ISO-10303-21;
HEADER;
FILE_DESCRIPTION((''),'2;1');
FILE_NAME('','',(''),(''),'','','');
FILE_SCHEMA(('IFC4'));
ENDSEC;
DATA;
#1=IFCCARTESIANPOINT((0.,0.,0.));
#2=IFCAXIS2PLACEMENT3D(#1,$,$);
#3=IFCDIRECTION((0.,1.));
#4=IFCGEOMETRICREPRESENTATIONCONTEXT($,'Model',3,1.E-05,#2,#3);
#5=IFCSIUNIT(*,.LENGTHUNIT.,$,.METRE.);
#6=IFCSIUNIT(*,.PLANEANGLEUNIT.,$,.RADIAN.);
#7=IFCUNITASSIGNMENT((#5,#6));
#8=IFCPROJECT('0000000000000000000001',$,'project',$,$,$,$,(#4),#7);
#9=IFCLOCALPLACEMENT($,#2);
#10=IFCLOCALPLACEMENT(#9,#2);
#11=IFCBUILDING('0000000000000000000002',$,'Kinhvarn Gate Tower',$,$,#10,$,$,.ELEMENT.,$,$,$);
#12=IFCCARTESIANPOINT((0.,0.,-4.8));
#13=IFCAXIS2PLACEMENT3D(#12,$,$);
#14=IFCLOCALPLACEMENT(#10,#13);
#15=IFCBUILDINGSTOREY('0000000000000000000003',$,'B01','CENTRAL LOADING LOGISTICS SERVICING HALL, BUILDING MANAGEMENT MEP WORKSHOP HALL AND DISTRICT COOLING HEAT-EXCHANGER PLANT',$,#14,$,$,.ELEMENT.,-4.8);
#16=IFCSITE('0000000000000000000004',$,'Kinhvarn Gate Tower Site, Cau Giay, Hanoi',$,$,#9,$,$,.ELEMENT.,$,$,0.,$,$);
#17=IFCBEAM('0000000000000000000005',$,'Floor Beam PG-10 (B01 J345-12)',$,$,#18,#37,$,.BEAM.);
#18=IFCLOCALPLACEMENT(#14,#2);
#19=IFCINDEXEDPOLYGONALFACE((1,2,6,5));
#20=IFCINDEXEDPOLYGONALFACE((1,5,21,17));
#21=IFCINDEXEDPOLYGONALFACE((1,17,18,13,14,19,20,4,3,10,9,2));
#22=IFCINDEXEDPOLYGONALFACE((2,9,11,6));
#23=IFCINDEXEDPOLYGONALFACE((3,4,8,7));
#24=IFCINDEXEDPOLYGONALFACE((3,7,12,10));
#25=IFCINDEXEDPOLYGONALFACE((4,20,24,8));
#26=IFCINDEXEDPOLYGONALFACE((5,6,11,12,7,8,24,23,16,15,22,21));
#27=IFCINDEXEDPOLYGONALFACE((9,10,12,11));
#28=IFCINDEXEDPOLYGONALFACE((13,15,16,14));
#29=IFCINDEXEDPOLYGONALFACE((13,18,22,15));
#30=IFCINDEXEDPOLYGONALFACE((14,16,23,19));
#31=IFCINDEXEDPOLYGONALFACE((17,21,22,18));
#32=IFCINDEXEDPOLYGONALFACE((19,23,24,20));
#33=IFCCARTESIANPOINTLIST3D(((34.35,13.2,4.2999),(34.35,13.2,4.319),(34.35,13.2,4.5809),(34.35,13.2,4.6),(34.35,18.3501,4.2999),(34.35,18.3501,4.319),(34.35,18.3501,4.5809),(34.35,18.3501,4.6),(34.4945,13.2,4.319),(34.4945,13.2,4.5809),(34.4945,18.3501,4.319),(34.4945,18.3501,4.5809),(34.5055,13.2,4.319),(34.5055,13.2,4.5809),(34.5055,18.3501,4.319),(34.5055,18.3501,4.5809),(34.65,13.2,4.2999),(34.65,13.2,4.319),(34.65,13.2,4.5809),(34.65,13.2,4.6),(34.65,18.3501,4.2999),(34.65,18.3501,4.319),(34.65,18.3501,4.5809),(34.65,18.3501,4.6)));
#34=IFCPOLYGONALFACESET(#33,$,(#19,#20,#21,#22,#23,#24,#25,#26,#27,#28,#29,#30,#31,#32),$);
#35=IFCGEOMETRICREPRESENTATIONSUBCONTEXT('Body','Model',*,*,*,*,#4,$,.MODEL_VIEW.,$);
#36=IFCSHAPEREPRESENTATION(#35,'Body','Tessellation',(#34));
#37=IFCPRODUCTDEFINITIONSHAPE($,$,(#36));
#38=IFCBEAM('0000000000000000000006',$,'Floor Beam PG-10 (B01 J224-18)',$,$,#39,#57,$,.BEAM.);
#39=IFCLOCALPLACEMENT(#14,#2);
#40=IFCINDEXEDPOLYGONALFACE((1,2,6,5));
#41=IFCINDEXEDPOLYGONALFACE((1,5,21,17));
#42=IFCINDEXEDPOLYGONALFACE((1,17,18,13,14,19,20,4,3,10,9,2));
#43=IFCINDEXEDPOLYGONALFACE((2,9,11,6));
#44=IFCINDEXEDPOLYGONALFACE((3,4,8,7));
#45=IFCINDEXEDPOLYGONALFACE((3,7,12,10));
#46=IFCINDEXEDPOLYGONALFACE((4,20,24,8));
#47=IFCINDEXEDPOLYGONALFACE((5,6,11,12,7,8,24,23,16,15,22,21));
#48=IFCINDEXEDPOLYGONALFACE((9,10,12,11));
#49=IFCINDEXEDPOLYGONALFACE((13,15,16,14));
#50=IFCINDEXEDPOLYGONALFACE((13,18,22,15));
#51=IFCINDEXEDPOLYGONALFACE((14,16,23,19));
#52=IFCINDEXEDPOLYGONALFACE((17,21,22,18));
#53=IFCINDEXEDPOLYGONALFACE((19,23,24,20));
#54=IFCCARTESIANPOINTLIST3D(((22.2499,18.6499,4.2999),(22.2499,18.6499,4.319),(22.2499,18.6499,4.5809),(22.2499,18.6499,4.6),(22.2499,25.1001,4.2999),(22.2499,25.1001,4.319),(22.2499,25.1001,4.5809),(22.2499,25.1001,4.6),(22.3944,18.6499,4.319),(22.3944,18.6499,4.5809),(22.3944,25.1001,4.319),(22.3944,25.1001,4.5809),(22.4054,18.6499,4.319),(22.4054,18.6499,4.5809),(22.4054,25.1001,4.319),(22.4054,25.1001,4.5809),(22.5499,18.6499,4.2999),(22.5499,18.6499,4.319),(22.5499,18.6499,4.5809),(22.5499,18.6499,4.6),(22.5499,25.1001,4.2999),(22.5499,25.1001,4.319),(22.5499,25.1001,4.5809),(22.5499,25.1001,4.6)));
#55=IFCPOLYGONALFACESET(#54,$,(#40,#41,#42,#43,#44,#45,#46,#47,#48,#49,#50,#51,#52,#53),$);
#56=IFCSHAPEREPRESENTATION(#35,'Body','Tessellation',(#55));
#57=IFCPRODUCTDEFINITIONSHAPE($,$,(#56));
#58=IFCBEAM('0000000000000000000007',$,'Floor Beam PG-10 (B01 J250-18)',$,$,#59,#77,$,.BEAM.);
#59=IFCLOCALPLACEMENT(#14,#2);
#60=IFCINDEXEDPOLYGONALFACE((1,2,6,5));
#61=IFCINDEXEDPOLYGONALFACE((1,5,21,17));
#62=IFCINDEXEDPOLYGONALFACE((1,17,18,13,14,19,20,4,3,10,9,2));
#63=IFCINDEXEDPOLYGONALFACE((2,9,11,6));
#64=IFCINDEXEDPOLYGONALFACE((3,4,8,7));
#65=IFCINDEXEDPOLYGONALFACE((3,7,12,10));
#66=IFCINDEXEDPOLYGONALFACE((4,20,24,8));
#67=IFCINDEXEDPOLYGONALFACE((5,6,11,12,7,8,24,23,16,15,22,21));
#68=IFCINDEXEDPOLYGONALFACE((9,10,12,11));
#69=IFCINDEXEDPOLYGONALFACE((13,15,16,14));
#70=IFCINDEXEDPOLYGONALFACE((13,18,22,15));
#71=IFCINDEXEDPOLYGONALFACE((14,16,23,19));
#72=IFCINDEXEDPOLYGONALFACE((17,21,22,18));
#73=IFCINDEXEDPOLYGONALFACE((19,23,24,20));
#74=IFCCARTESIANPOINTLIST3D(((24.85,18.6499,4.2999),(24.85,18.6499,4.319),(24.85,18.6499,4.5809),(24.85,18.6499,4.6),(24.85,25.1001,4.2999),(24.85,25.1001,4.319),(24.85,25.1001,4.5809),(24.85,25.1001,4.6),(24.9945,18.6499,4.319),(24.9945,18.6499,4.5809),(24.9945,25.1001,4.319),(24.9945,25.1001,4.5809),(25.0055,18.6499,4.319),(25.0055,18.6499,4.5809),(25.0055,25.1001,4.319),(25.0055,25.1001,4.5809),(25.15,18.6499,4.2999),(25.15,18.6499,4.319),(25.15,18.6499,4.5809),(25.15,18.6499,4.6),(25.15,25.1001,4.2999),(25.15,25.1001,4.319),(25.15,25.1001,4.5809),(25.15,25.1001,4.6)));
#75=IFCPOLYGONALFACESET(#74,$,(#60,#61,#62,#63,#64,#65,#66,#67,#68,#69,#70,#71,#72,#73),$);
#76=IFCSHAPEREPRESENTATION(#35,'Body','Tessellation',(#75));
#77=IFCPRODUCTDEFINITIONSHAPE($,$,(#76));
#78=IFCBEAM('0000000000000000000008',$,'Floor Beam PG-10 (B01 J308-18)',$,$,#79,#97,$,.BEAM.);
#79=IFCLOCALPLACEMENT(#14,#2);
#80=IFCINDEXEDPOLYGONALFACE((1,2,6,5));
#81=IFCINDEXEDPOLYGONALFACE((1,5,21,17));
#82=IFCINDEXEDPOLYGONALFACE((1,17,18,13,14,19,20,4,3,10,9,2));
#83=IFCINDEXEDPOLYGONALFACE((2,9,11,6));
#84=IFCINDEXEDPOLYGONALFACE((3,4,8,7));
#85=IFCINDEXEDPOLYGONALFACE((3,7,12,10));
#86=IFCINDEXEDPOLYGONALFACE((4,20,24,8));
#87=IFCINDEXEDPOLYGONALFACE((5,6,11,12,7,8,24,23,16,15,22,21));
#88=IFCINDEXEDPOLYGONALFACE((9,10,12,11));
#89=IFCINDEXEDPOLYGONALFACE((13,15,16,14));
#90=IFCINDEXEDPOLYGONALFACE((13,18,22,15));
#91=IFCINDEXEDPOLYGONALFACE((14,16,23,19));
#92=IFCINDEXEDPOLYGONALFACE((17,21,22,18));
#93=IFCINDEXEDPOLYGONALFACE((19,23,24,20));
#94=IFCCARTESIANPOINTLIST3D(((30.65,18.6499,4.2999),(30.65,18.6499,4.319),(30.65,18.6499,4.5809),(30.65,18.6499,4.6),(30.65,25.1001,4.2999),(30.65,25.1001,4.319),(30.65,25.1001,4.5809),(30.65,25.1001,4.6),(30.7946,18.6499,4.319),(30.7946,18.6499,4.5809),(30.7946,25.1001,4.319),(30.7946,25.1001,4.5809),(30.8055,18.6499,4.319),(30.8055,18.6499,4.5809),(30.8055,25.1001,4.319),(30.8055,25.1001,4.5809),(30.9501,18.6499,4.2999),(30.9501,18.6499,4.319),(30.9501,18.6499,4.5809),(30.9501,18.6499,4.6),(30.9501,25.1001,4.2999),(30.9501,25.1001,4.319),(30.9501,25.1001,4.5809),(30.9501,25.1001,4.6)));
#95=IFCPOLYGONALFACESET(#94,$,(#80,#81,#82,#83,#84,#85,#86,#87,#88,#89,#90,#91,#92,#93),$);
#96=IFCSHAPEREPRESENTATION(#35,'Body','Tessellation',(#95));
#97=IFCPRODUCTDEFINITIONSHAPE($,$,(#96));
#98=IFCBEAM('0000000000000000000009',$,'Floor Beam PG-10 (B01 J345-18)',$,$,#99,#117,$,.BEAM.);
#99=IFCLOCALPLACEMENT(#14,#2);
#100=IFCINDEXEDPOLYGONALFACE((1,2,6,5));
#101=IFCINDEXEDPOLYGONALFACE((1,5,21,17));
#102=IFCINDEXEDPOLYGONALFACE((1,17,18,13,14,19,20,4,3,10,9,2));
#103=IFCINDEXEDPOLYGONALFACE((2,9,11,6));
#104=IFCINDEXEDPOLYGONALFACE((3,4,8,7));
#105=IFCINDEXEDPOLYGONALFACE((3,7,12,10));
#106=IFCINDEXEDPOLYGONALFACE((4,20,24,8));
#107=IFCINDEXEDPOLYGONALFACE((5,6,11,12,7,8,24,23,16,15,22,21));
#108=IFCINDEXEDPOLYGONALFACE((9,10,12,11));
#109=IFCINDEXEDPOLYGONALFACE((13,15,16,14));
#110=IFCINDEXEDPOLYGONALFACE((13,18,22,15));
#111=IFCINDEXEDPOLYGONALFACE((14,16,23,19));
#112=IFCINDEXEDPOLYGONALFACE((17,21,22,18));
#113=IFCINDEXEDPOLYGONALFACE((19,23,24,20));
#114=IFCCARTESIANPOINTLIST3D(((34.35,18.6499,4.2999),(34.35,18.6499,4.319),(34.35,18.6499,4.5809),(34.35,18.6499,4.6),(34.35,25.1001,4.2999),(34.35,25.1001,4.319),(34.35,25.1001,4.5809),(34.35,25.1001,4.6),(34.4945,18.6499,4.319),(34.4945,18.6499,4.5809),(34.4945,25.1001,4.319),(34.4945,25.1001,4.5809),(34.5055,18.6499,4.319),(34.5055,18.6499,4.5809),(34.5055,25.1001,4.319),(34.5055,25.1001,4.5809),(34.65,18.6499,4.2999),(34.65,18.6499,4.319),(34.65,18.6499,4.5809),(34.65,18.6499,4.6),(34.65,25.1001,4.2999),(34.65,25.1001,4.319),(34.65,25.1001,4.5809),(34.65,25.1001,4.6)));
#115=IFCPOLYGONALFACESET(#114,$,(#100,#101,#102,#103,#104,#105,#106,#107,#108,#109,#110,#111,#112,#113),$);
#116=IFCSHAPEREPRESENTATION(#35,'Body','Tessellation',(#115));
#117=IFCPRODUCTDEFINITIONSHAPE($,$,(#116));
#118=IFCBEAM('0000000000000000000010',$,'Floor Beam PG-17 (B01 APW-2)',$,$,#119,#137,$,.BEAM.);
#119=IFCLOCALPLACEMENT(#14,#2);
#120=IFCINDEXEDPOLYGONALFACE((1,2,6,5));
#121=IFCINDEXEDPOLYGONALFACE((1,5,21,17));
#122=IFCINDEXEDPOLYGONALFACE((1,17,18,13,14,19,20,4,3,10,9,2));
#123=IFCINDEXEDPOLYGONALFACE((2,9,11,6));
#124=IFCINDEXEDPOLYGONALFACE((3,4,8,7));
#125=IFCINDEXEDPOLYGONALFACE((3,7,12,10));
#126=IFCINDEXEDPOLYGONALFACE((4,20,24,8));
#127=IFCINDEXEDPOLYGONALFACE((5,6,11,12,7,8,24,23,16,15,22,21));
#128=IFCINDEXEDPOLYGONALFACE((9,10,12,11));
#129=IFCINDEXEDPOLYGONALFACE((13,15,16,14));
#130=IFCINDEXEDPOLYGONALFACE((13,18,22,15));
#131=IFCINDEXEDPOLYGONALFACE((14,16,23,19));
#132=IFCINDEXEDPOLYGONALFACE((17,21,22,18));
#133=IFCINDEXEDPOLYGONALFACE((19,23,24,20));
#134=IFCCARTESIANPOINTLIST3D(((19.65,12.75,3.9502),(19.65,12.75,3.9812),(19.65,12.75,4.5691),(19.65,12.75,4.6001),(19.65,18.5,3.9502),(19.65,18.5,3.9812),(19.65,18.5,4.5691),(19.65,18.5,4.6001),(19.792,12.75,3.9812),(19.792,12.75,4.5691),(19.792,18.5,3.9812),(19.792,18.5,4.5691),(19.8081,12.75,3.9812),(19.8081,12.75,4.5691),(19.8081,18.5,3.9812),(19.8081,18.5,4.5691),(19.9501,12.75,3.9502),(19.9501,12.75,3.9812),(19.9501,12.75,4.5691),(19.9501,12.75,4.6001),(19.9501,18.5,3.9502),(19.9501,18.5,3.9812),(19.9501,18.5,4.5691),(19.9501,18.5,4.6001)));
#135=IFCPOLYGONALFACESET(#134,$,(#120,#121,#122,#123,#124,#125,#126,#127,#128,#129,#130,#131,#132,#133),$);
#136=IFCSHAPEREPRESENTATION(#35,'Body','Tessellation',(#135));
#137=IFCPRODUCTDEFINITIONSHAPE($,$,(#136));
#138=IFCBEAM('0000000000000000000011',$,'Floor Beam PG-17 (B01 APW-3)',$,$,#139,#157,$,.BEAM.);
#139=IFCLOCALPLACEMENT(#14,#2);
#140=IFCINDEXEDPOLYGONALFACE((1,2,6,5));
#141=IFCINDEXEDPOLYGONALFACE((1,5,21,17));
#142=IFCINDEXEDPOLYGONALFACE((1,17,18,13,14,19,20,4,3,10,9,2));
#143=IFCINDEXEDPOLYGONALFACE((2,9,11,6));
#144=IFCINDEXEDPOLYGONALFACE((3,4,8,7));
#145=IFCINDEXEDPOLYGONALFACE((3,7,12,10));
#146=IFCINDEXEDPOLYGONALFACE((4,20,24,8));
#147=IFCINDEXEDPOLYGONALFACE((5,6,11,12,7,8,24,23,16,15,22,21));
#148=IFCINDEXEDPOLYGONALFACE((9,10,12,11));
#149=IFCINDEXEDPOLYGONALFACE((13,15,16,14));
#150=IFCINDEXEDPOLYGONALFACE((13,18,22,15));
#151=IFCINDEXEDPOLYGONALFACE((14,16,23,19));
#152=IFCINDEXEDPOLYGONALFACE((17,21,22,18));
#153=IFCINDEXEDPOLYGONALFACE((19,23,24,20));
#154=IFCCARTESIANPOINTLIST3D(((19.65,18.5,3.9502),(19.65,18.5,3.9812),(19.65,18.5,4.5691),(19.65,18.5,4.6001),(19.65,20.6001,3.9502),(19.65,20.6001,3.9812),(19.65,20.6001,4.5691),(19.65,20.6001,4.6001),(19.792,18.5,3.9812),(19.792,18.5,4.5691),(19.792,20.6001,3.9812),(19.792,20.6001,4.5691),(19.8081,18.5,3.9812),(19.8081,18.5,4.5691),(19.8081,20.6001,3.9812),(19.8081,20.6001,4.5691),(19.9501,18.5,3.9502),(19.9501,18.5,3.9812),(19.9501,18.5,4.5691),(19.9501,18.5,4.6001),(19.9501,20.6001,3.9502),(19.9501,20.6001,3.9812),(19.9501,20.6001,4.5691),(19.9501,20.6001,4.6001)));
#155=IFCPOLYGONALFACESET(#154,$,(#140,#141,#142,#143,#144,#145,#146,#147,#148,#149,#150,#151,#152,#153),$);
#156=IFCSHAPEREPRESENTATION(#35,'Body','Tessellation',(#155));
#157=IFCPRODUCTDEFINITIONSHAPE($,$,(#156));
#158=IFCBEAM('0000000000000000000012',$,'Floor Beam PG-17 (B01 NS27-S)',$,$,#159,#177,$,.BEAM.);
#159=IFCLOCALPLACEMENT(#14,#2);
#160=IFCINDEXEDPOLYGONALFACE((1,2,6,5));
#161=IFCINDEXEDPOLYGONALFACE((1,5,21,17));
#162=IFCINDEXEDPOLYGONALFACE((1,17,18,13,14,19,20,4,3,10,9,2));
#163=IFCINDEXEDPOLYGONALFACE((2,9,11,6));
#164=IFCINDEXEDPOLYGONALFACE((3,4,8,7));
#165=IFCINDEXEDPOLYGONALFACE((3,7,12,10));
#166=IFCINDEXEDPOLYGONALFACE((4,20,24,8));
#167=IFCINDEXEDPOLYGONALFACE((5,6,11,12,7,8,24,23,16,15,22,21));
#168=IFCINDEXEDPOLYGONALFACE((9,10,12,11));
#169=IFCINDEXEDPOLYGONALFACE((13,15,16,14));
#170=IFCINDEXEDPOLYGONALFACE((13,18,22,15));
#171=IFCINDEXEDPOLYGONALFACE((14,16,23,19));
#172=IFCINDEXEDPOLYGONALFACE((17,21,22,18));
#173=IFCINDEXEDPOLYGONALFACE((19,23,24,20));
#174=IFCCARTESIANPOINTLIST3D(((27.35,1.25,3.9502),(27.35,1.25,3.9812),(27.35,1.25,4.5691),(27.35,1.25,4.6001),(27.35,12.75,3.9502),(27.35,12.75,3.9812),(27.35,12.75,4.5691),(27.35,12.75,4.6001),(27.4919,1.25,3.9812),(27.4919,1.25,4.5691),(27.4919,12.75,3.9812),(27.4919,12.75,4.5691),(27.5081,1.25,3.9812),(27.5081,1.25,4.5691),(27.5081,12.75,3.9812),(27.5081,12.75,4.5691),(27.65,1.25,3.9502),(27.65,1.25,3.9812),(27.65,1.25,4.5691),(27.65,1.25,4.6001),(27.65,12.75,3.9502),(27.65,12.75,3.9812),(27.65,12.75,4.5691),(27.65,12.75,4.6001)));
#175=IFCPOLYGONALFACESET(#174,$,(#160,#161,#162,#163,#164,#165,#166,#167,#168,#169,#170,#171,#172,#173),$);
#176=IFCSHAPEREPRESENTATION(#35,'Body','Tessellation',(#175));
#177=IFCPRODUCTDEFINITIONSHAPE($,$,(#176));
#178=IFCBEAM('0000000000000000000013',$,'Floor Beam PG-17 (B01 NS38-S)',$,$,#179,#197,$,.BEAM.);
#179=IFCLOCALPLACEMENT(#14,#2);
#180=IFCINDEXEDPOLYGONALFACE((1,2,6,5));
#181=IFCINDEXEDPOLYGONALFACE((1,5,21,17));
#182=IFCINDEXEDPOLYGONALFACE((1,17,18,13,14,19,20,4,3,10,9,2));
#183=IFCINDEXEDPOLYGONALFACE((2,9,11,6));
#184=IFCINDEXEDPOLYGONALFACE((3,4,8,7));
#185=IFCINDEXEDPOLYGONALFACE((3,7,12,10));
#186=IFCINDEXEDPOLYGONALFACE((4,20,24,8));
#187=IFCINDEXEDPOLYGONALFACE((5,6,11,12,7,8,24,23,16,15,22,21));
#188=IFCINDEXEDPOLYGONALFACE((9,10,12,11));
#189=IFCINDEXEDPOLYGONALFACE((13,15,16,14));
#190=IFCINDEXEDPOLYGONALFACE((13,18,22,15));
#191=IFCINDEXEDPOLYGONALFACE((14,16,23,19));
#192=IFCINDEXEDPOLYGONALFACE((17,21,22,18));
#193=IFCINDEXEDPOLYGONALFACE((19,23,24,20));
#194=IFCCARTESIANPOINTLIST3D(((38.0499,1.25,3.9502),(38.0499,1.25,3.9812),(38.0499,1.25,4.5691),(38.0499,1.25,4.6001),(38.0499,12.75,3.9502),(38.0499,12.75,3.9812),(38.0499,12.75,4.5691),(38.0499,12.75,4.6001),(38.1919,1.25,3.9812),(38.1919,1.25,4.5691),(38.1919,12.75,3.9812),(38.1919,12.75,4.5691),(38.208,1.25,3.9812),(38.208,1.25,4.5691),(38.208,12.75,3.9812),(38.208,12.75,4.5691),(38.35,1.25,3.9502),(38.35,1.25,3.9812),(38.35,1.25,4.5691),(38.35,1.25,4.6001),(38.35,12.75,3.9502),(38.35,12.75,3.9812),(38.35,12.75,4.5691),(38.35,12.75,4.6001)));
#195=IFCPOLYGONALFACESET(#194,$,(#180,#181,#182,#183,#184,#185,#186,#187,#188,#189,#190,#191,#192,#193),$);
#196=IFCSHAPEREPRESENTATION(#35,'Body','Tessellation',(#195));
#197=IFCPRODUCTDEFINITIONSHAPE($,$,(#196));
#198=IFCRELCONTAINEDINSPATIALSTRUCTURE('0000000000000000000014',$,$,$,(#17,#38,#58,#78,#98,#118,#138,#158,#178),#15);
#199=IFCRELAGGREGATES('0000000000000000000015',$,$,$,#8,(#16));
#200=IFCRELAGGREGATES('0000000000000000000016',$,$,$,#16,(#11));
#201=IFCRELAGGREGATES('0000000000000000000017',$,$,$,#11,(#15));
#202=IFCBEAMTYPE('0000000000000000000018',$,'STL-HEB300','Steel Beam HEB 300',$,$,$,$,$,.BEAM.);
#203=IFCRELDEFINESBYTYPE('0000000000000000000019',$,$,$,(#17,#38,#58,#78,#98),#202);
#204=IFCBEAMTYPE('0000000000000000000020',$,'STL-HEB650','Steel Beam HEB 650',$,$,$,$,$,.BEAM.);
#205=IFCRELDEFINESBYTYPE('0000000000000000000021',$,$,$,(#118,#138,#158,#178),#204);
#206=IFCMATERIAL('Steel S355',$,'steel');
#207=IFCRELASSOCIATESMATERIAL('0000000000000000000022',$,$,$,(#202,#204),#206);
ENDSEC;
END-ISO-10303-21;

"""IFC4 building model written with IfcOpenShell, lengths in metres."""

from ifc_helpers import new_model, si_unit, direction, frame, origin, origin_2d, place, context, subcontext, project, spatial, i_section, extrude, material, material_profile, profile_set, type_object, element, save


model = new_model("IFC4")

# Units and contexts
model_context = context("Model", 3, precision=1e-05, world=origin(), true_north=direction((0.0, 1.0)))
body_context = subcontext(model_context, "Body", "Model", "MODEL_VIEW")
ifc_project = project(units=[si_unit("LENGTHUNIT", "METRE"), si_unit("PLANEANGLEUNIT", "RADIAN")], contexts=[model_context])

# Site, building, storey
site_placement = place(None, origin())
site = spatial("IfcSite", under=ifc_project, at=site_placement, Name="Kinhvarn Gate Tower Site, Cau Giay, Hanoi", CompositionType="ELEMENT", RefElevation=0.0)
building_placement = place(site_placement, origin())
building = spatial("IfcBuilding", under=site, at=building_placement, Name="Kinhvarn Gate Tower", CompositionType="ELEMENT")
storey_placement = place(building_placement, frame((0.0, 0.0, -4.8)))
storey = spatial("IfcBuildingStorey", under=building, at=storey_placement, Name="B01", Description="CENTRAL LOADING LOGISTICS SERVICING HALL, BUILDING MANAGEMENT MEP WORKSHOP HALL AND DISTRICT COOLING HEAT-EXCHANGER PLANT", CompositionType="ELEMENT", Elevation=-4.8)

# Beams
ifc_material_1 = material(Name="Steel S355", Category="steel")
ifc_material_profile_1 = material_profile(ifc_material_1, i_section(OverallWidth=0.3, OverallDepth=0.3, WebThickness=0.011, FlangeThickness=0.019, at=origin_2d()), Name="HEB 300")
ifc_profile_set_1 = profile_set([ifc_material_profile_1], Name="Steel S355")
beam_type_1 = type_object("IfcBeamType", Name="STL-HEB300", Description="Steel Beam HEB 300", PredefinedType="BEAM", material=ifc_profile_set_1)
for number, where, z_axis, x_axis, name in (
    (1, (34.5, 13.2, 4.45), (0.0, 1.0, 0.0), (-1.0, 0.0, 0.0), "Floor Beam PG-10 (B01 J345-12)"),
):
    element("IfcBeam", number, at=place(storey_placement, frame(where, z_axis=z_axis, x_axis=x_axis)), inside=storey, type_object=beam_type_1, Name=name, PredefinedType="BEAM", context=body_context, shape_type="SweptSolid", body=[
        extrude(i_section(OverallWidth=0.3, OverallDepth=0.3, WebThickness=0.011, FlangeThickness=0.019, at=origin_2d()), origin(), (0.0, 0.0, 1.0), 5.1501),
    ])
for number, where, z_axis, x_axis, name in (
    (2, (22.3999, 18.6499, 4.45), (0.0, 1.0, 0.0), (-1.0, 0.0, 0.0), "Floor Beam PG-10 (B01 J224-18)"),
    (3, (25.0, 18.6499, 4.45), (0.0, 1.0, 0.0), (-1.0, 0.0, 0.0), "Floor Beam PG-10 (B01 J250-18)"),
    (4, (30.8, 18.6499, 4.45), (0.0, 1.0, 0.0), (-1.0, 0.0, 0.0), "Floor Beam PG-10 (B01 J308-18)"),
    (5, (34.5, 18.6499, 4.45), (0.0, 1.0, 0.0), (-1.0, 0.0, 0.0), "Floor Beam PG-10 (B01 J345-18)"),
):
    element("IfcBeam", number, at=place(storey_placement, frame(where, z_axis=z_axis, x_axis=x_axis)), inside=storey, type_object=beam_type_1, Name=name, PredefinedType="BEAM", context=body_context, shape_type="SweptSolid", body=[
        extrude(i_section(OverallWidth=0.3, OverallDepth=0.3, WebThickness=0.011, FlangeThickness=0.019, at=origin_2d()), origin(), (0.0, 0.0, 1.0), 6.4502),
    ])
ifc_material_profile_2 = material_profile(ifc_material_1, i_section(OverallWidth=0.3, OverallDepth=0.6499, WebThickness=0.0161, FlangeThickness=0.031, at=origin_2d()), Name="HEB 650")
ifc_profile_set_2 = profile_set([ifc_material_profile_2], Name="Steel S355")
beam_type_2 = type_object("IfcBeamType", Name="STL-HEB650", Description="Steel Beam HEB 650", PredefinedType="BEAM", material=ifc_profile_set_2)
beam_1_placement = place(storey_placement, frame((19.8, 12.75, 4.2751), z_axis=(0.0, 1.0, 0.0), x_axis=(-1.0, 0.0, 0.0)))
element("IfcBeam", 6, at=beam_1_placement, inside=storey, type_object=beam_type_2, Name="Floor Beam PG-17 (B01 APW-2)", PredefinedType="BEAM", context=body_context, shape_type="SweptSolid", body=[
    extrude(i_section(OverallWidth=0.3, OverallDepth=0.6499, WebThickness=0.0161, FlangeThickness=0.031, at=origin_2d()), origin(), (0.0, 0.0, 1.0), 5.75),
])
beam_2_placement = place(storey_placement, frame((19.8, 18.5, 4.2751), z_axis=(0.0, 1.0, 0.0), x_axis=(-1.0, 0.0, 0.0)))
element("IfcBeam", 7, at=beam_2_placement, inside=storey, type_object=beam_type_2, Name="Floor Beam PG-17 (B01 APW-3)", PredefinedType="BEAM", context=body_context, shape_type="SweptSolid", body=[
    extrude(i_section(OverallWidth=0.3, OverallDepth=0.6499, WebThickness=0.0161, FlangeThickness=0.031, at=origin_2d()), origin(), (0.0, 0.0, 1.0), 2.1001),
])
for number, where, z_axis, x_axis, name in (
    (8, (27.5, 1.25, 4.2751), (0.0, 1.0, 0.0), (-1.0, 0.0, 0.0), "Floor Beam PG-17 (B01 NS27-S)"),
    (9, (38.2, 1.25, 4.2751), (0.0, 1.0, 0.0), (-1.0, 0.0, 0.0), "Floor Beam PG-17 (B01 NS38-S)"),
):
    element("IfcBeam", number, at=place(storey_placement, frame(where, z_axis=z_axis, x_axis=x_axis)), inside=storey, type_object=beam_type_2, Name=name, PredefinedType="BEAM", context=body_context, shape_type="SweptSolid", body=[
        extrude(i_section(OverallWidth=0.3, OverallDepth=0.6499, WebThickness=0.0161, FlangeThickness=0.031, at=origin_2d()), origin(), (0.0, 0.0, 1.0), 11.5),
    ])

save(model, "model.ifc")
